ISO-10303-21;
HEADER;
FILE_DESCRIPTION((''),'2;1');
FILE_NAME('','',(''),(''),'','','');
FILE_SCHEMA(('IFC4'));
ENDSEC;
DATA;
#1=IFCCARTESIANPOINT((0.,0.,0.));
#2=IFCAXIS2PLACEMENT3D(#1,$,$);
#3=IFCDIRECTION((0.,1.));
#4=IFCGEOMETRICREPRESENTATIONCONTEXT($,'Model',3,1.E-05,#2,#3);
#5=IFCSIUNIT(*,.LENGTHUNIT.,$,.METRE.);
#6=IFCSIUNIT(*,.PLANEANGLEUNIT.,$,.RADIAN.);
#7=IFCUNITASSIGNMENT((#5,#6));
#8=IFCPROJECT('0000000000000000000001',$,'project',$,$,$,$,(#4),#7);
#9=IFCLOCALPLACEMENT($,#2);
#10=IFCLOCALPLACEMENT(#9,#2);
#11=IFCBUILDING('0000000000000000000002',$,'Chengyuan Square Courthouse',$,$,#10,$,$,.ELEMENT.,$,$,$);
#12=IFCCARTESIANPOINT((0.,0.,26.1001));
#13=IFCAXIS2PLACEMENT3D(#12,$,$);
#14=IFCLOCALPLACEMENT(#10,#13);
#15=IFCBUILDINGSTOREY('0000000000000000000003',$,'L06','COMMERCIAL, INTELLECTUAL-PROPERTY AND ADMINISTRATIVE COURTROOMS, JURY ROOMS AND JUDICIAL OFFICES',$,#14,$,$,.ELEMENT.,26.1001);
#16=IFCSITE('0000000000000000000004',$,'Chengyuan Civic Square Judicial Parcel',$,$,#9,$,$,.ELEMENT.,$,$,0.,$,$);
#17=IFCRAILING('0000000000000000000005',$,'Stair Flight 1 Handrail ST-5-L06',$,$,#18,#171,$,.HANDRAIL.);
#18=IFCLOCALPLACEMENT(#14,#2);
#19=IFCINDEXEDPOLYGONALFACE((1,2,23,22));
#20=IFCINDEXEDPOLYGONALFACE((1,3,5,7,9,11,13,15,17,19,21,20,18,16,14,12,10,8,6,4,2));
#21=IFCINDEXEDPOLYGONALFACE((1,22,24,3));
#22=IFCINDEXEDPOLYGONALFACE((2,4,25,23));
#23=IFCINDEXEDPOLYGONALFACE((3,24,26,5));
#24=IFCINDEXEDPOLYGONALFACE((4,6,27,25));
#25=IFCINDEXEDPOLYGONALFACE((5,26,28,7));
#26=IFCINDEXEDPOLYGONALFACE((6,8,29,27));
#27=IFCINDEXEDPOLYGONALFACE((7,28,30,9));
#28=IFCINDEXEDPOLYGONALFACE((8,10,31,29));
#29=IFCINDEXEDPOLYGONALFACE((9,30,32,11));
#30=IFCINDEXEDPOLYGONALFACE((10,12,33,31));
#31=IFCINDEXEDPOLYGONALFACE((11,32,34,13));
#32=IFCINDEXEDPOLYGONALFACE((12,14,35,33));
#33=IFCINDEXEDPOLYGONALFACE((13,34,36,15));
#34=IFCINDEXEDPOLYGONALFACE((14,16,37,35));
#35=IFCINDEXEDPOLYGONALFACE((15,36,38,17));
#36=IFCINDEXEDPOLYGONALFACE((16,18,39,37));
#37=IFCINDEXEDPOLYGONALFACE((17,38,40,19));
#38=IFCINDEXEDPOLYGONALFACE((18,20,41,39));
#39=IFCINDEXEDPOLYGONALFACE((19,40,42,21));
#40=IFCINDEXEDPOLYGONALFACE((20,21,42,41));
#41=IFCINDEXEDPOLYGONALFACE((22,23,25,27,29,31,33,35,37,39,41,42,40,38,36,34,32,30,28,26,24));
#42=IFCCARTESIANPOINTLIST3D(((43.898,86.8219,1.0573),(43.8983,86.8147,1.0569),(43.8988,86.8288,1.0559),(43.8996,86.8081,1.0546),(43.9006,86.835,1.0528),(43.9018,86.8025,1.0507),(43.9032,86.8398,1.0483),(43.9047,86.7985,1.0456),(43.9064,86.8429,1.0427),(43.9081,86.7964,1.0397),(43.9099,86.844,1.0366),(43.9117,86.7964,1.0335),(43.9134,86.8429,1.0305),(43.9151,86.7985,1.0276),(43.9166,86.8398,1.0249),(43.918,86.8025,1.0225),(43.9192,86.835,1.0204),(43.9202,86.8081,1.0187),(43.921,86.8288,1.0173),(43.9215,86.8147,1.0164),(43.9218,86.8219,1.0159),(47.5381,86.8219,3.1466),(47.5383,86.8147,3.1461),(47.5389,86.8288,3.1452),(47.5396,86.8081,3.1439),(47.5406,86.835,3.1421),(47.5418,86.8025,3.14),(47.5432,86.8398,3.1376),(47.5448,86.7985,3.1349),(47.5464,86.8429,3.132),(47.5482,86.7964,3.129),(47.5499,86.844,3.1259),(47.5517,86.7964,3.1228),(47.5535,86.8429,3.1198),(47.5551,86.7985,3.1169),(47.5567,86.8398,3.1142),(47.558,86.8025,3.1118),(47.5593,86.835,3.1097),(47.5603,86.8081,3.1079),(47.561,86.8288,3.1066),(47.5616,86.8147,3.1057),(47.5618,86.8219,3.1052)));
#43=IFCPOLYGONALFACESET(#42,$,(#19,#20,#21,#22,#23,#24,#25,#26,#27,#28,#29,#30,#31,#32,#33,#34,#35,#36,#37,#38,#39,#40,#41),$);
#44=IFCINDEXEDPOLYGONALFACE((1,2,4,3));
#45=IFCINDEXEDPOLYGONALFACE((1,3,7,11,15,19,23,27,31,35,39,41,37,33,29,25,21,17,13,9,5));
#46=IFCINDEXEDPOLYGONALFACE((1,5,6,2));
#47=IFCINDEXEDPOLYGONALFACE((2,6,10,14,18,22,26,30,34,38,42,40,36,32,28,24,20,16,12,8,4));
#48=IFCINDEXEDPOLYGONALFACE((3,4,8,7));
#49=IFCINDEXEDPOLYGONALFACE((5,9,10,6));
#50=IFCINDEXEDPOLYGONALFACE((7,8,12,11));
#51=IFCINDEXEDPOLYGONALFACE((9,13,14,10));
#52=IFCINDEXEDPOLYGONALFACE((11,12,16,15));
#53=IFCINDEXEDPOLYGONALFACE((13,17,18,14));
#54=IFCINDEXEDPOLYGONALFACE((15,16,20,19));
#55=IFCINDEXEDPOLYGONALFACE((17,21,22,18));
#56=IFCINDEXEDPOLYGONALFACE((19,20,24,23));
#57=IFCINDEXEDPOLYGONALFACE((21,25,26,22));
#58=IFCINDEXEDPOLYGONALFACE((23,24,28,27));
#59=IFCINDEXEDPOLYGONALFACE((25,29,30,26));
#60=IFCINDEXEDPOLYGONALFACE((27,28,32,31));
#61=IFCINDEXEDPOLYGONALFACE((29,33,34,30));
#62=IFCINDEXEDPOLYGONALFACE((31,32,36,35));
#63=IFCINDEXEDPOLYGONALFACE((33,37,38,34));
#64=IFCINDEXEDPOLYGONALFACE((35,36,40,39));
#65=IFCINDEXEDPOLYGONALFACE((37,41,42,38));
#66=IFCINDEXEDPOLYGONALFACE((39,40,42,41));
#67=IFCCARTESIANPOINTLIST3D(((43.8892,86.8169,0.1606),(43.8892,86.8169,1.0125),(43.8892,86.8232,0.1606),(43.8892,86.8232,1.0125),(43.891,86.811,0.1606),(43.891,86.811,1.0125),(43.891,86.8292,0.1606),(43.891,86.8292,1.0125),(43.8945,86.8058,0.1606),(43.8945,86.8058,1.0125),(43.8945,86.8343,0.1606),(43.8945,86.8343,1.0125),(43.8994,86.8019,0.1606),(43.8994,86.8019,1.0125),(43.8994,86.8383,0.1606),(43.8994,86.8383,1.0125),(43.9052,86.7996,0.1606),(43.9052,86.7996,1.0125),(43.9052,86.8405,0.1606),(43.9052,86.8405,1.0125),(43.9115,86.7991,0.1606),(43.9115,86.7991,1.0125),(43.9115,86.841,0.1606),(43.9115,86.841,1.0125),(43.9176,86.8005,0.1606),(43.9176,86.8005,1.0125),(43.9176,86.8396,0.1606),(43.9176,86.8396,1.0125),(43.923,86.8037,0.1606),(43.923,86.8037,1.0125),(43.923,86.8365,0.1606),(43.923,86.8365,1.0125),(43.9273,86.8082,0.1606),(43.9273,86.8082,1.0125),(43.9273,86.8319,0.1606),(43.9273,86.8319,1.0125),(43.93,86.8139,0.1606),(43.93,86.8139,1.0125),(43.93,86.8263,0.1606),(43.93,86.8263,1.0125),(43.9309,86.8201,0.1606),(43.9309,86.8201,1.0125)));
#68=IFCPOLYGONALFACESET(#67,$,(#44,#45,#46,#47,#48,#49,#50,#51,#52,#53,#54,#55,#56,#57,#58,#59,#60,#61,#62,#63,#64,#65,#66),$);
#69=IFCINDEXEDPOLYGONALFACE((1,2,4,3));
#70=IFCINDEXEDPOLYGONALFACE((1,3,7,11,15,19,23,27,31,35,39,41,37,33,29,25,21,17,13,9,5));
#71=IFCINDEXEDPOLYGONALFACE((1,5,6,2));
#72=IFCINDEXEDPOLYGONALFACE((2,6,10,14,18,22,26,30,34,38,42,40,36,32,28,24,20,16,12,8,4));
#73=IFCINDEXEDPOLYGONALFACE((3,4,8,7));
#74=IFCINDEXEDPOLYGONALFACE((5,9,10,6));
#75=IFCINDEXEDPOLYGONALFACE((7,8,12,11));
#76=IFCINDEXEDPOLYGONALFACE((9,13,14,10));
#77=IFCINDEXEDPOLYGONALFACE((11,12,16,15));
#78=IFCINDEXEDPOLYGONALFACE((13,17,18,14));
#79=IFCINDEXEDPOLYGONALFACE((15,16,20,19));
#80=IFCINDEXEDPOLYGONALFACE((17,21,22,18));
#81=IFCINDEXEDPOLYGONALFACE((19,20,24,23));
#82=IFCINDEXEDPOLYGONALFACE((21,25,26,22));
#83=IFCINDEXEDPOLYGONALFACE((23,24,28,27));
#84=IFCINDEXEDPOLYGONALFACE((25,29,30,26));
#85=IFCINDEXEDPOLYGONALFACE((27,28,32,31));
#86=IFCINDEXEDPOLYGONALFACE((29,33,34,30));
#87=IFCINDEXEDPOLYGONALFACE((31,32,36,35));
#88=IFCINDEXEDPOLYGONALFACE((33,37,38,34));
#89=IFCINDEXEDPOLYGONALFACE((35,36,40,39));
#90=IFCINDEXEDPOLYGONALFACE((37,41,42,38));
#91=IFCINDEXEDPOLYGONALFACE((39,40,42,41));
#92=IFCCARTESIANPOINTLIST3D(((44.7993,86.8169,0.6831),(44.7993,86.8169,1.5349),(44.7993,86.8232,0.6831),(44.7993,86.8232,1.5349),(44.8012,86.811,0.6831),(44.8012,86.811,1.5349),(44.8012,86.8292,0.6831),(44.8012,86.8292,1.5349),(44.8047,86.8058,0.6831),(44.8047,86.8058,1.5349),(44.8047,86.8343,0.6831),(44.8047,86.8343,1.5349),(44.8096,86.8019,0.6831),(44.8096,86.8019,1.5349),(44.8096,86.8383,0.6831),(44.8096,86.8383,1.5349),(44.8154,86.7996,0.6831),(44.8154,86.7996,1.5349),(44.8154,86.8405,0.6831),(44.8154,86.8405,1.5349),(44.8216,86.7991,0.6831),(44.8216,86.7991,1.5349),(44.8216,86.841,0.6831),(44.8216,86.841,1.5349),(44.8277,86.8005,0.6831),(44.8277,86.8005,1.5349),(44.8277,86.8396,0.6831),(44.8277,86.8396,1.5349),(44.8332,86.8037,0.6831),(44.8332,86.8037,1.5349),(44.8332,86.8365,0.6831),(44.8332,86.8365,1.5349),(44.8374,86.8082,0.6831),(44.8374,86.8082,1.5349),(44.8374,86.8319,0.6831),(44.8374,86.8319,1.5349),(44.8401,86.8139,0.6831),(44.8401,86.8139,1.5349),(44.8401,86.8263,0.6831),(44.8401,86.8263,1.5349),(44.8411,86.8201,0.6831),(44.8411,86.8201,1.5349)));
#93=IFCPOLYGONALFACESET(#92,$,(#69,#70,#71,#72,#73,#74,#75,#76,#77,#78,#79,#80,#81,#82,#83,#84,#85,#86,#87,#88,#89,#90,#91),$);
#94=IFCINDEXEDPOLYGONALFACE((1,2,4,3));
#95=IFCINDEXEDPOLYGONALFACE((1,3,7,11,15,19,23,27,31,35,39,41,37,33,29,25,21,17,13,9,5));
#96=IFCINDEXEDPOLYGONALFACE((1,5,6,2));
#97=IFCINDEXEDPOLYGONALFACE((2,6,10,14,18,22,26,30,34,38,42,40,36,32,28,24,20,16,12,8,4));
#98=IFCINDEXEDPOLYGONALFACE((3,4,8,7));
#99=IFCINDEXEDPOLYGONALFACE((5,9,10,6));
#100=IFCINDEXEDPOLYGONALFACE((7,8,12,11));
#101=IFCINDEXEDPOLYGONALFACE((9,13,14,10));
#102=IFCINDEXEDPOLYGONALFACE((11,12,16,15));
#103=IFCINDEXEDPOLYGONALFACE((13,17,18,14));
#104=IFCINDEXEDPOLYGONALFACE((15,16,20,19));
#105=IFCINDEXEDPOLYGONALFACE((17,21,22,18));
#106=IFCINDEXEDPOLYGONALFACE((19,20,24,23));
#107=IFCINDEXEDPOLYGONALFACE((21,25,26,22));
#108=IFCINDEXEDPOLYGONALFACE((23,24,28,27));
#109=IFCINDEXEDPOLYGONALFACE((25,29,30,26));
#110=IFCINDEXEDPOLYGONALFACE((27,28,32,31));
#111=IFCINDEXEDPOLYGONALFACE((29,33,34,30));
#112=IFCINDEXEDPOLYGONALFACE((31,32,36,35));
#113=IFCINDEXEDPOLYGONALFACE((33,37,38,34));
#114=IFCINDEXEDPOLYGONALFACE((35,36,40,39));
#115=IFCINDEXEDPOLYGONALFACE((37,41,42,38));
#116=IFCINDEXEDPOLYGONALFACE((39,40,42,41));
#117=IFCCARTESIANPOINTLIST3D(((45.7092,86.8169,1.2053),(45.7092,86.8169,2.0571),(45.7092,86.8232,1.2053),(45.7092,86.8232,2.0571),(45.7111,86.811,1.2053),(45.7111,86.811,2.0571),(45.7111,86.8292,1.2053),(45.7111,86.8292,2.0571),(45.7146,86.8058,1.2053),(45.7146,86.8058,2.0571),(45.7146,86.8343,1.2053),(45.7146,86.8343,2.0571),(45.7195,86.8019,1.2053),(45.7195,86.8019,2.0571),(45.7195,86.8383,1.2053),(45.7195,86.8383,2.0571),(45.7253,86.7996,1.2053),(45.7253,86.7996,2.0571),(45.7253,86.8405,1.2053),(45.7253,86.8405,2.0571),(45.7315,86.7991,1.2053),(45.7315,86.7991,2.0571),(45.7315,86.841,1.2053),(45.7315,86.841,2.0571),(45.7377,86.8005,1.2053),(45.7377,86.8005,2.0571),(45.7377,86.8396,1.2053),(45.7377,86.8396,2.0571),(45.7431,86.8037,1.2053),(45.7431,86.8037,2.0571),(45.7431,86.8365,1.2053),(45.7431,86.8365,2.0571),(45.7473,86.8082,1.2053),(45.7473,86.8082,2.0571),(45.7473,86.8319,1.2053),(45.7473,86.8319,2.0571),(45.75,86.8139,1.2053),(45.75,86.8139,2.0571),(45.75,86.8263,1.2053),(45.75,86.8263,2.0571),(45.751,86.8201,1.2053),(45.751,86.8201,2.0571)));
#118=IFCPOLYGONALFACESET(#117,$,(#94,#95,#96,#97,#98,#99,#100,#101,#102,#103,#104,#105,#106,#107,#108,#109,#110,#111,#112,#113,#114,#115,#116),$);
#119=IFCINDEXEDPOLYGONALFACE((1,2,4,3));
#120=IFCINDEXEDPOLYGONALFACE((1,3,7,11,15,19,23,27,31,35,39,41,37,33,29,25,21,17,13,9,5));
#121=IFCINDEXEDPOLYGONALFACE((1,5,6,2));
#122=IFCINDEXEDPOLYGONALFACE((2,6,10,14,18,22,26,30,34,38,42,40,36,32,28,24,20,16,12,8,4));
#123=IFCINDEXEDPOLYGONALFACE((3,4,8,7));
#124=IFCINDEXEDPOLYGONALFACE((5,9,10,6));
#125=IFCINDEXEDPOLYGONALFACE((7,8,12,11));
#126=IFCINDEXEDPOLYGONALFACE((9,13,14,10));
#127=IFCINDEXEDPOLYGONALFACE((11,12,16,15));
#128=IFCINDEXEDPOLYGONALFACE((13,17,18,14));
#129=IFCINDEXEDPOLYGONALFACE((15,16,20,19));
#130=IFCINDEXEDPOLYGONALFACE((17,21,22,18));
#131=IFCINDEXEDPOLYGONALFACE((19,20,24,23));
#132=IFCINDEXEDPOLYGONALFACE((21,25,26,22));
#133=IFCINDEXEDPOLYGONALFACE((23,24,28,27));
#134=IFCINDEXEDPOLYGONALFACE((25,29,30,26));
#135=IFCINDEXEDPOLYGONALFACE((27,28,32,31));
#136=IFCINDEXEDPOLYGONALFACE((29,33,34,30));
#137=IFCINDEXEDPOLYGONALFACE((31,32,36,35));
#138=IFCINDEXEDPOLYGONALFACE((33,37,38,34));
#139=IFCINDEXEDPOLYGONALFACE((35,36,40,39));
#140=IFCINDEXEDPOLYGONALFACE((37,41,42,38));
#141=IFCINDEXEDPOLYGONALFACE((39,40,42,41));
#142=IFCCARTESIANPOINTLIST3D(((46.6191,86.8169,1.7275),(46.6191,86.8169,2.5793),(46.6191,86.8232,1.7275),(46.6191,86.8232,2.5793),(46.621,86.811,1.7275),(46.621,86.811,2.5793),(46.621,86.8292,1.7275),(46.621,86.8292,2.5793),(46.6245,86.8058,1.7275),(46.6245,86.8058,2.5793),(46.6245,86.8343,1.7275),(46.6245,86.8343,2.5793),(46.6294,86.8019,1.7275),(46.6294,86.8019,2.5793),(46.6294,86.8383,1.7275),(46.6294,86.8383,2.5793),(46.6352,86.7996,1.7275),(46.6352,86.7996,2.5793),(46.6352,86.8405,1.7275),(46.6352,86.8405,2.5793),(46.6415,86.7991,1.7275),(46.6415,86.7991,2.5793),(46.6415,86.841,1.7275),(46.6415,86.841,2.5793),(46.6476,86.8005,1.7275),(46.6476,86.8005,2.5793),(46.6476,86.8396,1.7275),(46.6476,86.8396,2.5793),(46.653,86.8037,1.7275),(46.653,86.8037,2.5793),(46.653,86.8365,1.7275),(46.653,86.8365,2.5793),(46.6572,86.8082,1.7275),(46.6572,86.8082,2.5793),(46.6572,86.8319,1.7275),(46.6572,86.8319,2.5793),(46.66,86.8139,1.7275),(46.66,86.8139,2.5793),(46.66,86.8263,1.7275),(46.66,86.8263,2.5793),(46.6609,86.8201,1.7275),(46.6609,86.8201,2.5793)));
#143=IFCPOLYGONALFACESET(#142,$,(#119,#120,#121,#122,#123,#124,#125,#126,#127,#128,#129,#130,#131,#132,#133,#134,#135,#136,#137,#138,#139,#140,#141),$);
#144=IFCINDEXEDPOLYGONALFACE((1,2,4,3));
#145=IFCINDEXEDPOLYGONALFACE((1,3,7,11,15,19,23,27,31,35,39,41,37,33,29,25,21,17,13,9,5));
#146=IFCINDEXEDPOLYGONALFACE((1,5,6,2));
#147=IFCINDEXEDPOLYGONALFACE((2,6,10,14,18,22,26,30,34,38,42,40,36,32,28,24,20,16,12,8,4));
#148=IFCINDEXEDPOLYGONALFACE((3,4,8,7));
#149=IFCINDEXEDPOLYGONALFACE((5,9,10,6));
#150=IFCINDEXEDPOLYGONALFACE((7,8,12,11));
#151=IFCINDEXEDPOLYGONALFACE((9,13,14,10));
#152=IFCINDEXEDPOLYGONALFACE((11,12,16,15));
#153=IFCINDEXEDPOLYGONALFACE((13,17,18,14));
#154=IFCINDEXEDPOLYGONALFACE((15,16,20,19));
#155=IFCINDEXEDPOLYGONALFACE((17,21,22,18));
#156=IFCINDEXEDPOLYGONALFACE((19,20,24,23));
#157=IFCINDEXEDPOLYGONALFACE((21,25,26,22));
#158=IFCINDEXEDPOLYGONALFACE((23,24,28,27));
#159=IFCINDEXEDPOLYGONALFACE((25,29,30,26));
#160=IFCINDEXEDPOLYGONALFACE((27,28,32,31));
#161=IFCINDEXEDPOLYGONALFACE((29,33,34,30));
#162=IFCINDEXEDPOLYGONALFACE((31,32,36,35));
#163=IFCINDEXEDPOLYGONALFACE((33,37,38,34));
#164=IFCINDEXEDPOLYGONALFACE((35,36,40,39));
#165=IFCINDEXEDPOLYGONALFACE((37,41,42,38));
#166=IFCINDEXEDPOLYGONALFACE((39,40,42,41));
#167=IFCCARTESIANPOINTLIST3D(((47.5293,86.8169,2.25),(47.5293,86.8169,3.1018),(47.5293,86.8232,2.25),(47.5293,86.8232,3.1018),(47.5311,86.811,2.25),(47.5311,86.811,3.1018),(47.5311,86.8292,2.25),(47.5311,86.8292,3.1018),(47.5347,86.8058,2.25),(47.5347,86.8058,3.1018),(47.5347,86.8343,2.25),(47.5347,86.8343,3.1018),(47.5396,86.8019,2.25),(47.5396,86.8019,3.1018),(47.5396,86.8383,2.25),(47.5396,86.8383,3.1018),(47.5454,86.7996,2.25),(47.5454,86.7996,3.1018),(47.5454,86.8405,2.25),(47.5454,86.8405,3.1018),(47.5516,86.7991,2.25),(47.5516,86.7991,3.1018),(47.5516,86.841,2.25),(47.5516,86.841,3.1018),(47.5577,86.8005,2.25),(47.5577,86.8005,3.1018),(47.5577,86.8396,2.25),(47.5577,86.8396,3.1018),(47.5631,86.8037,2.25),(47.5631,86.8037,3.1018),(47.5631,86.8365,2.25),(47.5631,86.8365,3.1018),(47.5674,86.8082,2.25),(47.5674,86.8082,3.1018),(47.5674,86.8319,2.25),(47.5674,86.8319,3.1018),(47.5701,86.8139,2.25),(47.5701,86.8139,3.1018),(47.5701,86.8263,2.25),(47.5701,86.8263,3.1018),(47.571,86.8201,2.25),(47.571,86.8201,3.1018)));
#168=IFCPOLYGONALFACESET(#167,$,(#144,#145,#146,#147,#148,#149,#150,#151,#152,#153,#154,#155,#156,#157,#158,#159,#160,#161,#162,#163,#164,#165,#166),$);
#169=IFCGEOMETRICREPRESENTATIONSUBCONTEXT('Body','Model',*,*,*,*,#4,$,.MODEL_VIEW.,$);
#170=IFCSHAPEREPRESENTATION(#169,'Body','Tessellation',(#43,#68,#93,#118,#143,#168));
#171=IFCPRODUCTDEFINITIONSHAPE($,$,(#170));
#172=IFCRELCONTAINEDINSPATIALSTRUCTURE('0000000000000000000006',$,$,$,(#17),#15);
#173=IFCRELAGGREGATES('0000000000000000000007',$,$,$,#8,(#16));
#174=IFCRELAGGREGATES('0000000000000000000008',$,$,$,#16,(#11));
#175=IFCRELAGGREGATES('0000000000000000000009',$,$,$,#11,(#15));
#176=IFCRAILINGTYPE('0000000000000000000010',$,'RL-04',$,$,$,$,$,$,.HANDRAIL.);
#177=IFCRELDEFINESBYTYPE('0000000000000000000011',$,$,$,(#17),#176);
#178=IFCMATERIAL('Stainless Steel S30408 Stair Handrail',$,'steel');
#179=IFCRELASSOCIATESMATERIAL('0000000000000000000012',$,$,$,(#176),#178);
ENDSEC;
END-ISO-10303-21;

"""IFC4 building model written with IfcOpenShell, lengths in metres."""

from ifc_helpers import new_model, si_unit, direction, frame, origin, origin_2d, place, context, subcontext, project, spatial, circle, extrude, material, type_object, element, save


model = new_model("IFC4")

# Units and contexts
model_context = context("Model", 3, precision=1e-05, world=origin(), true_north=direction((0.0, 1.0)))
body_context = subcontext(model_context, "Body", "Model", "MODEL_VIEW")
ifc_project = project(units=[si_unit("LENGTHUNIT", "METRE"), si_unit("PLANEANGLEUNIT", "RADIAN")], contexts=[model_context])

# Site, building, storey
site_placement = place(None, origin())
site = spatial("IfcSite", under=ifc_project, at=site_placement, Name="Chengyuan Civic Square Judicial Parcel", CompositionType="ELEMENT", RefElevation=0.0)
building_placement = place(site_placement, origin())
building = spatial("IfcBuilding", under=site, at=building_placement, Name="Chengyuan Square Courthouse", CompositionType="ELEMENT")
storey_placement = place(building_placement, frame((0.0, 0.0, 26.1001)))
storey = spatial("IfcBuildingStorey", under=building, at=storey_placement, Name="L06", Description="COMMERCIAL, INTELLECTUAL-PROPERTY AND ADMINISTRATIVE COURTROOMS, JURY ROOMS AND JUDICIAL OFFICES", CompositionType="ELEMENT", Elevation=26.1001)

# Railing
ifc_material_1 = material(Name="Stainless Steel S30408 Stair Handrail", Category="steel")
railing_type_1 = type_object("IfcRailingType", Name="RL-04", PredefinedType="HANDRAIL", material=ifc_material_1)
railing_1_placement = place(storey_placement, frame((43.9099, 86.8201, 0.1606)))
element("IfcRailing", 1, at=railing_1_placement, inside=storey, type_object=railing_type_1, Name="Stair Flight 1 Handrail ST-5-L06", PredefinedType="HANDRAIL", context=body_context, shape_type="SweptSolid", body=[
    extrude(circle(Radius=0.0239, at=origin_2d()), frame((0.0, 0.0, 0.876), z_axis=(0.867289, 0.0, 0.497804), x_axis=(0.0, 1.0, 0.0)), (0.0, 0.0, 1.0), 4.197),
    extrude(circle(Radius=0.021, at=origin_2d()), origin(), (0.0, 0.0, 1.0), 0.8518),
    extrude(circle(Radius=0.021, at=origin_2d()), frame((0.9102, 0.0, 0.5225)), (0.0, 0.0, 1.0), 0.8518),
    extrude(circle(Radius=0.021, at=origin_2d()), frame((1.8201, 0.0, 1.0447)), (0.0, 0.0, 1.0), 0.8518),
    extrude(circle(Radius=0.021, at=origin_2d()), frame((2.73, 0.0, 1.5669)), (0.0, 0.0, 1.0), 0.8518),
    extrude(circle(Radius=0.021, at=origin_2d()), frame((3.6401, 0.0, 2.0894)), (0.0, 0.0, 1.0), 0.8518),
])

save(model, "model.ifc")
